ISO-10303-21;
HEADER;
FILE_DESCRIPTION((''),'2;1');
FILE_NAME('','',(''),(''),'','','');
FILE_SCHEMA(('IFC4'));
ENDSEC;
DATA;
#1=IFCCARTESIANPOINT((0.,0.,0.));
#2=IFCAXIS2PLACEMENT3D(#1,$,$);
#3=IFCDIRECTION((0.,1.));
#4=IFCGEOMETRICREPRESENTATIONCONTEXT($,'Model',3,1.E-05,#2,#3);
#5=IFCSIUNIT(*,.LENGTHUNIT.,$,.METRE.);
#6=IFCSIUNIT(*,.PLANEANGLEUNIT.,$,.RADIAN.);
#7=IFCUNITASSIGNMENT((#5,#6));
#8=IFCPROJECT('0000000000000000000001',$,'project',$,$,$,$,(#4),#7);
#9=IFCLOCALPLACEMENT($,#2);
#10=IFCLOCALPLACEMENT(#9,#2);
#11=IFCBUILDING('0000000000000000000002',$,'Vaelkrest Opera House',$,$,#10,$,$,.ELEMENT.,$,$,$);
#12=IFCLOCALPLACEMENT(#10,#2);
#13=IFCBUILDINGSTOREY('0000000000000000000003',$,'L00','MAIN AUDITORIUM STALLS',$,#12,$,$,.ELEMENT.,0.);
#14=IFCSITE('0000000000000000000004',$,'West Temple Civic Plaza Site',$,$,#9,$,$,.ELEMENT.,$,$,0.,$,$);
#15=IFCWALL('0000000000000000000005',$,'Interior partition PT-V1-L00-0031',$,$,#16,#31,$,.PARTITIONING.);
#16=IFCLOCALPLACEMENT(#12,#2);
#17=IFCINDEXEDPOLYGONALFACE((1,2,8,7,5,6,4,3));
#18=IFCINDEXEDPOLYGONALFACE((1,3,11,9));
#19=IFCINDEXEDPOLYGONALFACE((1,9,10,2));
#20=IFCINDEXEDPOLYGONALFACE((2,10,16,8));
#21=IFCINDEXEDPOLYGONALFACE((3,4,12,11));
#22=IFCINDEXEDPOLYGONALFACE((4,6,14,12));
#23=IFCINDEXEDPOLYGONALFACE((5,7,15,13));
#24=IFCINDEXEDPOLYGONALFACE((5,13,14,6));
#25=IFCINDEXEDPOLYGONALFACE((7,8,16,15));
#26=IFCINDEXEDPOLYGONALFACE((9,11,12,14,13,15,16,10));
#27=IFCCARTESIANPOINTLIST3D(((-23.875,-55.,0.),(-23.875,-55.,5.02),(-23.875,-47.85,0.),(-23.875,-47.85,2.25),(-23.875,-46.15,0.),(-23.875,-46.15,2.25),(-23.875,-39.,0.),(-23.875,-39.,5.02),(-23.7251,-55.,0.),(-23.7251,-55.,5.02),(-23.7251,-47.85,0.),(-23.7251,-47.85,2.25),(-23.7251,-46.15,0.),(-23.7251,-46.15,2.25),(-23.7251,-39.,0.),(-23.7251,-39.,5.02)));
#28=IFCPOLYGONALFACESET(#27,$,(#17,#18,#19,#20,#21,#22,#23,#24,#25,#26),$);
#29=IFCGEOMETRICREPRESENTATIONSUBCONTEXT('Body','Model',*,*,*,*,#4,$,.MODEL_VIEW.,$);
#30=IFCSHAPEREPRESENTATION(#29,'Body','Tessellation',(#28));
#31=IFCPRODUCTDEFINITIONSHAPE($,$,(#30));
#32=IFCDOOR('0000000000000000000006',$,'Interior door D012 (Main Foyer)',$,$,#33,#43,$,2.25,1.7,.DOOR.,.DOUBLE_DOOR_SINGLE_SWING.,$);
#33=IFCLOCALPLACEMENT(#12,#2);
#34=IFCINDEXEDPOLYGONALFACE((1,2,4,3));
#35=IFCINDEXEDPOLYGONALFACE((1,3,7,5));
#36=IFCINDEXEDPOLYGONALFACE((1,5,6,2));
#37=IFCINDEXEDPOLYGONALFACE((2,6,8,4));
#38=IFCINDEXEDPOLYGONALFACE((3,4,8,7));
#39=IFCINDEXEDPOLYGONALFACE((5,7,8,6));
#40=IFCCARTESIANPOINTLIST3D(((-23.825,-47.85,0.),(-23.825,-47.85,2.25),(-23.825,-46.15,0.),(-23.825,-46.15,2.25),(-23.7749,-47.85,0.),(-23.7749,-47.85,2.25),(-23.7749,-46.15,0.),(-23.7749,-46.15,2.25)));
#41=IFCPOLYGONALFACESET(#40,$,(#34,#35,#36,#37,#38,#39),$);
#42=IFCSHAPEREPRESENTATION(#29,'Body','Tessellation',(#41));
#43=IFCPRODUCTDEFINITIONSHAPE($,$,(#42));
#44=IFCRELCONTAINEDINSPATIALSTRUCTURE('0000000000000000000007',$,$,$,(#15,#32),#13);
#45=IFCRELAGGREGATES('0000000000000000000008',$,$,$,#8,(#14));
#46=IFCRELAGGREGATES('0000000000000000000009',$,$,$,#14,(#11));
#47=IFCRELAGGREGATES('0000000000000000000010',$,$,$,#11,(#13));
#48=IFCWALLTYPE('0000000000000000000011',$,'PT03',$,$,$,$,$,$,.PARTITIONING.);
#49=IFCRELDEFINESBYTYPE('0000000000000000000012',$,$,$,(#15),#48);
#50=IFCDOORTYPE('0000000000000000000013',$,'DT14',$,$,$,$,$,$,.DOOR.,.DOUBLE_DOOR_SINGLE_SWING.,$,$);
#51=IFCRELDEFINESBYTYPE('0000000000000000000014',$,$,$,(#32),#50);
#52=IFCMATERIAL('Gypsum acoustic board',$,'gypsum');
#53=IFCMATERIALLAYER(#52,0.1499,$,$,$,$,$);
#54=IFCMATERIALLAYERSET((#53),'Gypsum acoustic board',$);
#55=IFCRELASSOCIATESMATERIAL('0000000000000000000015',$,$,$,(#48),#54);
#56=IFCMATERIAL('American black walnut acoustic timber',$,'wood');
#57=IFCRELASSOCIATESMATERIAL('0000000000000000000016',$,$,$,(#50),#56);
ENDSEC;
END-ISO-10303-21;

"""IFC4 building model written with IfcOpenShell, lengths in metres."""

from ifc_helpers import new_model, si_unit, direction, frame, frame_2d, origin, place, context, subcontext, project, spatial, rectangle, extrude, material, layer, layer_set, type_object, element, fill, save


model = new_model("IFC4")

# Units and contexts
model_context = context("Model", 3, precision=1e-05, world=origin(), true_north=direction((0.0, 1.0)))
body_context = subcontext(model_context, "Body", "Model", "MODEL_VIEW")
ifc_project = project(units=[si_unit("LENGTHUNIT", "METRE"), si_unit("PLANEANGLEUNIT", "RADIAN")], contexts=[model_context])

# Site, building, storey
site_placement = place(None, origin())
site = spatial("IfcSite", under=ifc_project, at=site_placement, Name="West Temple Civic Plaza Site", CompositionType="ELEMENT", RefElevation=0.0)
building_placement = place(site_placement, origin())
building = spatial("IfcBuilding", under=site, at=building_placement, Name="Vaelkrest Opera House", CompositionType="ELEMENT")
storey_placement = place(building_placement, origin())
storey = spatial("IfcBuildingStorey", under=building, at=storey_placement, Name="L00", Description="MAIN AUDITORIUM STALLS", CompositionType="ELEMENT", Elevation=0.0)

# Wall, opening, door
ifc_material_1 = material(Name="Gypsum acoustic board", Category="gypsum")
ifc_layer_1 = layer(ifc_material_1, 0.1499)
ifc_layer_set_1 = layer_set([ifc_layer_1], Name="Gypsum acoustic board")
wall_type_1 = type_object("IfcWallType", Name="PT03", PredefinedType="PARTITIONING", material=ifc_layer_set_1)
wall_1_placement = place(storey_placement, frame((-23.8, -55.0, 0.0), z_axis=(0.0, 0.0, 1.0), x_axis=(0.0, 1.0, 0.0)))
wall_1 = element("IfcWall", 1, at=wall_1_placement, inside=storey, type_object=wall_type_1, Name="Interior partition PT-V1-L00-0031", PredefinedType="PARTITIONING", context=body_context, shape_type="SweptSolid", body=[
    extrude(rectangle(XDim=16.0, YDim=0.1499, at=frame_2d((8.0, 0.0))), origin(), (0.0, 0.0, 1.0), 5.02),
])
opening_1_placement = place(wall_1_placement, frame((7.1499, 0.0, 0.0)))
opening_1 = element("IfcOpeningElement", 2, at=opening_1_placement, cuts=wall_1, PredefinedType="OPENING", context=body_context, shape_type="SweptSolid", body=[
    extrude(rectangle(XDim=1.7, YDim=2.25, at=frame_2d((0.8501, 1.125))), frame((0.0, 0.085, 0.0), z_axis=(0.0, -1.0, 0.0), x_axis=(1.0, 0.0, 0.0)), (0.0, 0.0, 1.0), 0.1699),
])
ifc_material_2 = material(Name="American black walnut acoustic timber", Category="wood")
door_type_1 = type_object("IfcDoorType", Name="DT14", OperationType="DOUBLE_DOOR_SINGLE_SWING", PredefinedType="DOOR", material=ifc_material_2)
door_1_placement = place(opening_1_placement, origin())
door_1 = element("IfcDoor", 3, at=door_1_placement, inside=storey, type_object=door_type_1, Name="Interior door D012 (Main Foyer)", OperationType="DOUBLE_DOOR_SINGLE_SWING", OverallHeight=2.25, OverallWidth=1.7, PredefinedType="DOOR", context=body_context, shape_type="SweptSolid", body=[
    extrude(rectangle(XDim=1.7, YDim=2.25, at=frame_2d((0.8501, 1.125))), frame((0.0, 0.0249, 0.0), z_axis=(0.0, -1.0, 0.0), x_axis=(1.0, 0.0, 0.0)), (0.0, 0.0, 1.0), 0.05),
])
fill(opening_1, door_1)

save(model, "model.ifc")
